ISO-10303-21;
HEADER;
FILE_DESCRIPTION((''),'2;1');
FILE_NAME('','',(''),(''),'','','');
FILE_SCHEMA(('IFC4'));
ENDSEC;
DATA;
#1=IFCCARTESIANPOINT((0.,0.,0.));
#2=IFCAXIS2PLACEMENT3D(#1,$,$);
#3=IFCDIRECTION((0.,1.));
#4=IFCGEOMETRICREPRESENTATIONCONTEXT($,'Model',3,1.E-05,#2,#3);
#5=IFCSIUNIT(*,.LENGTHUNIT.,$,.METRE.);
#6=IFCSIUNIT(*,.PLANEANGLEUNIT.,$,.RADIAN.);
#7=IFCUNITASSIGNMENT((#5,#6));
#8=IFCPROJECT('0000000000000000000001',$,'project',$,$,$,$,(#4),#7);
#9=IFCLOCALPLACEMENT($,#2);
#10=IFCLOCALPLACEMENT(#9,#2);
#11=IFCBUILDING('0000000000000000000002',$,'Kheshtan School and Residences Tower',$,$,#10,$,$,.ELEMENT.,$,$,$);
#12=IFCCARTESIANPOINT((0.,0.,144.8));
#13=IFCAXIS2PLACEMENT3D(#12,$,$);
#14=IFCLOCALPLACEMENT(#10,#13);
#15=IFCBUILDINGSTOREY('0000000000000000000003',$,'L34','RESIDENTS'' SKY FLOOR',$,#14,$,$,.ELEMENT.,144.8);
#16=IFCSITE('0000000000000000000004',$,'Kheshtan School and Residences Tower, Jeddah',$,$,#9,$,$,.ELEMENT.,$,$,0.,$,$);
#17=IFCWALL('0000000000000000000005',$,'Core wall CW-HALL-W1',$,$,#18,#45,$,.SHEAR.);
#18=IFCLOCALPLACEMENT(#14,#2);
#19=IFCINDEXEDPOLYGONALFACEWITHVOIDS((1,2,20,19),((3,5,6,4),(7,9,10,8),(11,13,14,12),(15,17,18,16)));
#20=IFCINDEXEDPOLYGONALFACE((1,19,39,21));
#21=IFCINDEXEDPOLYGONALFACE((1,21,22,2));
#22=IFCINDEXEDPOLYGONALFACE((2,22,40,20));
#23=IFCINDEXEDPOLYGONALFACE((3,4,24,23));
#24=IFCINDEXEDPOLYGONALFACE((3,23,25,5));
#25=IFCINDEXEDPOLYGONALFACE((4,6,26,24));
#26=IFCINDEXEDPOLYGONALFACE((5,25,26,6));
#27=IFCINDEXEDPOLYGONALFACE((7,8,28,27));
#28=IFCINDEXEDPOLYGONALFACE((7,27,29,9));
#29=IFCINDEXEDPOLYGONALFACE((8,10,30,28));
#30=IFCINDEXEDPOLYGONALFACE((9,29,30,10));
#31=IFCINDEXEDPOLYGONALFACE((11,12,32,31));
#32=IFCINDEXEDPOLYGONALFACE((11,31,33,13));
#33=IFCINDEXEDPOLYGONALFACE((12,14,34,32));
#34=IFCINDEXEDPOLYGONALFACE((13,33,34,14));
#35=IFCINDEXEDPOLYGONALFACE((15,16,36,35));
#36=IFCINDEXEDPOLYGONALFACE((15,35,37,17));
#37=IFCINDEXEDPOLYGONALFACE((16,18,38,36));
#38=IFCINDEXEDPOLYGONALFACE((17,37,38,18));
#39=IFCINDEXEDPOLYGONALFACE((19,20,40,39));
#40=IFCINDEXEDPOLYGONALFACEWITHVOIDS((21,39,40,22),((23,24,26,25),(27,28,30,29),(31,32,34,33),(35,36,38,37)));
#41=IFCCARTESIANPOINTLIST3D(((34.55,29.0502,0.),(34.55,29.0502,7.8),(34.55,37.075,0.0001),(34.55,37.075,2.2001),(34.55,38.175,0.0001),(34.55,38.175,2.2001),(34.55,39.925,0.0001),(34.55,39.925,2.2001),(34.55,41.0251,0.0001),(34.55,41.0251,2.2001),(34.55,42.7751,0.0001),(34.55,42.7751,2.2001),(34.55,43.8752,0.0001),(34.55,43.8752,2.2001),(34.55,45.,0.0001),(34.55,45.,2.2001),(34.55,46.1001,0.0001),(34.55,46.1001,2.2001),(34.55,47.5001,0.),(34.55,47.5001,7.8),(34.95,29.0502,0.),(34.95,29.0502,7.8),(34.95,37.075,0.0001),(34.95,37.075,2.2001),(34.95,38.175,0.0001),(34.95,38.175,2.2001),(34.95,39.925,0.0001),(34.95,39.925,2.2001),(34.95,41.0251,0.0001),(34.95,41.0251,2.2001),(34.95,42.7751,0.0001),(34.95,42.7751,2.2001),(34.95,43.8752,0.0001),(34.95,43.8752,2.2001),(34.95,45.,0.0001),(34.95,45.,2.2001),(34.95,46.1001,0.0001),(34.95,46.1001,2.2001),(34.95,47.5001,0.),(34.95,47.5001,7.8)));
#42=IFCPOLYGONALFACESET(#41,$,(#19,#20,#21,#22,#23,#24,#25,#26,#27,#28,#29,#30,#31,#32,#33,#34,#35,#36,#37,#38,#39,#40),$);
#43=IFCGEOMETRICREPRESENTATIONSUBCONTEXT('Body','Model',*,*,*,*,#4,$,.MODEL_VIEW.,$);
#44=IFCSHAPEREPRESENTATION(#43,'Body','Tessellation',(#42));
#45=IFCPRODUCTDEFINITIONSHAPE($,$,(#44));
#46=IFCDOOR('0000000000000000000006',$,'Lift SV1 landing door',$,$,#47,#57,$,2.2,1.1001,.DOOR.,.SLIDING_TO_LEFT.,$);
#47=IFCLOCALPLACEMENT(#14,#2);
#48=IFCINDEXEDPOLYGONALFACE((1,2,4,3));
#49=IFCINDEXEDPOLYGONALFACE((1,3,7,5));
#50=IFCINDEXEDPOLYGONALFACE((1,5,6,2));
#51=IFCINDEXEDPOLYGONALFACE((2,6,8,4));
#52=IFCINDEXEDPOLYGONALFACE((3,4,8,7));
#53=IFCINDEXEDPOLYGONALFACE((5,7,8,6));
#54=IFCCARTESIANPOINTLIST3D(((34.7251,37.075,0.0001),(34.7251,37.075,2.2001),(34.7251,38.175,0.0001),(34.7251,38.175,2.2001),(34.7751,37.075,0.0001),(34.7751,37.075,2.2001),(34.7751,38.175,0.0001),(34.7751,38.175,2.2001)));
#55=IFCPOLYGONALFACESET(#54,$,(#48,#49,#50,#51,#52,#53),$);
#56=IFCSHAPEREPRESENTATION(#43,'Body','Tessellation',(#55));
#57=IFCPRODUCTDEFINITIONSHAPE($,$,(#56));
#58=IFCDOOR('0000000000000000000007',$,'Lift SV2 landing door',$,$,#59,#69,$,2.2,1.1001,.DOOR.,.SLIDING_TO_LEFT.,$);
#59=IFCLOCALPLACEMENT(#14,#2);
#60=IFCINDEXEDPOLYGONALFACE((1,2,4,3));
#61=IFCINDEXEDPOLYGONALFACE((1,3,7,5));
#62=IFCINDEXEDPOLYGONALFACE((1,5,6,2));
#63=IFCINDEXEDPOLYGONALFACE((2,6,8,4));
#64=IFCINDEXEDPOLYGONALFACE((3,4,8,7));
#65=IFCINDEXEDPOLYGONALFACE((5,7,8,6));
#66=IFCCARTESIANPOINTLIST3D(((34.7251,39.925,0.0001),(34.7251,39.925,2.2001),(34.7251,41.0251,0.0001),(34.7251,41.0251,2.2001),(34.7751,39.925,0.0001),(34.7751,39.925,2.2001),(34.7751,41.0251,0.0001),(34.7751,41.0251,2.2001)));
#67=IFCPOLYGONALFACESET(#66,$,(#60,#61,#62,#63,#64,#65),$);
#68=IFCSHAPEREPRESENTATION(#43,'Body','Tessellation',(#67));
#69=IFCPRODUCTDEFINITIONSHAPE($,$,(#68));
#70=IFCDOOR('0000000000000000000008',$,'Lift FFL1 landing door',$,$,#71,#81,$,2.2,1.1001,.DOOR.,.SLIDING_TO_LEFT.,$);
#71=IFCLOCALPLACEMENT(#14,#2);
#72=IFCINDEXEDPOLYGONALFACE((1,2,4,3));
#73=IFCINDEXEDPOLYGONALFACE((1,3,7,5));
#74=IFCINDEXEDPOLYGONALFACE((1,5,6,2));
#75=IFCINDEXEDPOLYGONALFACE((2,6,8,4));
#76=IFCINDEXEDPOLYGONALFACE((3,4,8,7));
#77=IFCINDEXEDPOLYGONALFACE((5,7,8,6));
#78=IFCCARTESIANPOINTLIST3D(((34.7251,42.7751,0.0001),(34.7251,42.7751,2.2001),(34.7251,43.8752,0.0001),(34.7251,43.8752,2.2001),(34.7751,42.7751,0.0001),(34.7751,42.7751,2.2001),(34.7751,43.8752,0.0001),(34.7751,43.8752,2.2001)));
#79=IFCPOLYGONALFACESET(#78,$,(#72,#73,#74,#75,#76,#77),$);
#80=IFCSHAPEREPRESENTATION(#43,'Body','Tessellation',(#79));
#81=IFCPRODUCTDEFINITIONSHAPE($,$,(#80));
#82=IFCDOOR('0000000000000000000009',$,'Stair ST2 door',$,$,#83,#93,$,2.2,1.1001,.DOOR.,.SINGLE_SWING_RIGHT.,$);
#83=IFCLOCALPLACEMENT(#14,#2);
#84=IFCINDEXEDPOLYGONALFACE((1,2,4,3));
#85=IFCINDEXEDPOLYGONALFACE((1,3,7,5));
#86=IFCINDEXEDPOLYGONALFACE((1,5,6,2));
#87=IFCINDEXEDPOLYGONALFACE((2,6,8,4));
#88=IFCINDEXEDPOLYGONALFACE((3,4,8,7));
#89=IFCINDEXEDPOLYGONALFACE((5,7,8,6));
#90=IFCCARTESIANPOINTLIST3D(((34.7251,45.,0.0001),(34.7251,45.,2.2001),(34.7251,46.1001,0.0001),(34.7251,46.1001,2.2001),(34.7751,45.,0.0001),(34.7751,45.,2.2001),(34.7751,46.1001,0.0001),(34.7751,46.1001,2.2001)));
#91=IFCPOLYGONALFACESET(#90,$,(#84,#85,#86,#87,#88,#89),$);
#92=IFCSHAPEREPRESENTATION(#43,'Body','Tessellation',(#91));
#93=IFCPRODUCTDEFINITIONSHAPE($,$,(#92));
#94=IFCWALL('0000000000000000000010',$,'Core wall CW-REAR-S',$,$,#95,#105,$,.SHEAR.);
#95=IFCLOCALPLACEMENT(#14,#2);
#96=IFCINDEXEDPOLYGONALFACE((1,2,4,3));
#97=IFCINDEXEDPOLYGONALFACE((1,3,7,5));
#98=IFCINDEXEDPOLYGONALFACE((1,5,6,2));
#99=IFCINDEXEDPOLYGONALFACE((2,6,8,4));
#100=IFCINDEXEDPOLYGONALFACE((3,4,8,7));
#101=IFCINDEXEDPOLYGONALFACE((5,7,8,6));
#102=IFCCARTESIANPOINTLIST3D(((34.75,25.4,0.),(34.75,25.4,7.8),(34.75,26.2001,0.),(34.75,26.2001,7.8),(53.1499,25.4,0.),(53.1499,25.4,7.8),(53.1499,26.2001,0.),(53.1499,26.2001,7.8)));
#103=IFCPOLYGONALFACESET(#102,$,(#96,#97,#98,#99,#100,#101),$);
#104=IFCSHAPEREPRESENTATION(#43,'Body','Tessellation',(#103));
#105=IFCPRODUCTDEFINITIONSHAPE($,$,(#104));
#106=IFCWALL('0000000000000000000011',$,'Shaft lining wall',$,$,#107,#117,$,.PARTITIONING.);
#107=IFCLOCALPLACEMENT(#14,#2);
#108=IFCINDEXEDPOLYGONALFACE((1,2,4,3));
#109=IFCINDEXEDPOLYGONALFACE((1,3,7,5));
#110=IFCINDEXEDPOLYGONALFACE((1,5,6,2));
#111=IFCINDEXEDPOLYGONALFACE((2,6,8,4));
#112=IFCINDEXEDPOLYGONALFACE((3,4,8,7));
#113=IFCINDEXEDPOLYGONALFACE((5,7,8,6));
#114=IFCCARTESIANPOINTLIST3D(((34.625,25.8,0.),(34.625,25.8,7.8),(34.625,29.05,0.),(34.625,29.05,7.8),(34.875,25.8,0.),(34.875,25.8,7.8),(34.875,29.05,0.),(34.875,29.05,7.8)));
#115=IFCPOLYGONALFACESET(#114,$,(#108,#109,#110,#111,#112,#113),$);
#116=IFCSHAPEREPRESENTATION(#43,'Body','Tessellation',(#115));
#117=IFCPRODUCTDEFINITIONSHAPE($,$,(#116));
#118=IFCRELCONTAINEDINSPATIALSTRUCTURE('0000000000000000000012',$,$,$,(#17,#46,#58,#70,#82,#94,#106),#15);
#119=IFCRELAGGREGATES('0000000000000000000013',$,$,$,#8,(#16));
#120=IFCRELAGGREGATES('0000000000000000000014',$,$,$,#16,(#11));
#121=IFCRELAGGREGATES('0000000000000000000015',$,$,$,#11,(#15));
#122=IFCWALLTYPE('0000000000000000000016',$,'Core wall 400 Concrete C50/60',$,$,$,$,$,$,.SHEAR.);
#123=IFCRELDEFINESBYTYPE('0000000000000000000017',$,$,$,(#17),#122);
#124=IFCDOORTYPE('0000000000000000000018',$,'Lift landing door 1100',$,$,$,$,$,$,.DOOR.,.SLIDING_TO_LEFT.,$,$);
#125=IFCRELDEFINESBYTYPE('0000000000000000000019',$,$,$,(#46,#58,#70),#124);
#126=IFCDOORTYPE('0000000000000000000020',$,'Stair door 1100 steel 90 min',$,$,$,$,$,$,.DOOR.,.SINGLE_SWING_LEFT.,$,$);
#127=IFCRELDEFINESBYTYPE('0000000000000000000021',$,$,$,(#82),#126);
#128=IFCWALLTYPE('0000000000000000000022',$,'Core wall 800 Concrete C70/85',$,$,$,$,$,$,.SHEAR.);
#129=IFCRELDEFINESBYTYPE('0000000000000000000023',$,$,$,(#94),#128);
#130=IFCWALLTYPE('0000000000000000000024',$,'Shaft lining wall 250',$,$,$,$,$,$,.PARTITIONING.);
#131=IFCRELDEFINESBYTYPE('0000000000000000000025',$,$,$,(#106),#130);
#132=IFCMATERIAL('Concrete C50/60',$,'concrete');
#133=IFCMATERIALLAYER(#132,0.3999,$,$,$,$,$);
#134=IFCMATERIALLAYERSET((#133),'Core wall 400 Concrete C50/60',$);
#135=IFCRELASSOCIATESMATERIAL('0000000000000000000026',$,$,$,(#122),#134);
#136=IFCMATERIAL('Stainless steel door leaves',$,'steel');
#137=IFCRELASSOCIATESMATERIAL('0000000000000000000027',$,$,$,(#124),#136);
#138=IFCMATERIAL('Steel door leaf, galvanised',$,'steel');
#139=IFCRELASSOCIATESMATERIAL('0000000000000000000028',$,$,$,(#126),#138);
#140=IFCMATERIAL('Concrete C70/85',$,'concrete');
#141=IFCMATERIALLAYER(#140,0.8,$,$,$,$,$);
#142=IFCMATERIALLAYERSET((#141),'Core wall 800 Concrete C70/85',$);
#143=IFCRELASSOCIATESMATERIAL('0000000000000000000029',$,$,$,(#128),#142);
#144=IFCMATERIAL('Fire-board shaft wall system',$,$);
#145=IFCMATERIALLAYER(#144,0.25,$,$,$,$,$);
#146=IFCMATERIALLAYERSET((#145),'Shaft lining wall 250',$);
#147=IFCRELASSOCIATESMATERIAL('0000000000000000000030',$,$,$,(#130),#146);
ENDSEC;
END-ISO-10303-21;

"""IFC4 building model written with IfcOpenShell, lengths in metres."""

from ifc_helpers import new_model, si_unit, direction, frame, frame_2d, origin, place, context, subcontext, project, spatial, rectangle, extrude, source, transform, mapped, material, layer, layer_set, type_object, element, fill, save


model = new_model("IFC4")

# Units and contexts
model_context = context("Model", 3, precision=1e-05, world=origin(), true_north=direction((0.0, 1.0)))
body_context = subcontext(model_context, "Body", "Model", "MODEL_VIEW")
ifc_project = project(units=[si_unit("LENGTHUNIT", "METRE"), si_unit("PLANEANGLEUNIT", "RADIAN")], contexts=[model_context])

# Site, building, storey
site_placement = place(None, origin())
site = spatial("IfcSite", under=ifc_project, at=site_placement, Name="Kheshtan School and Residences Tower, Jeddah", CompositionType="ELEMENT", RefElevation=0.0)
building_placement = place(site_placement, origin())
building = spatial("IfcBuilding", under=site, at=building_placement, Name="Kheshtan School and Residences Tower", CompositionType="ELEMENT")
storey_placement = place(building_placement, frame((0.0, 0.0, 144.8)))
storey = spatial("IfcBuildingStorey", under=building, at=storey_placement, Name="L34", Description="RESIDENTS' SKY FLOOR", CompositionType="ELEMENT", Elevation=144.8)

# Wall, openings, doors
ifc_material_1 = material(Name="Concrete C50/60", Category="concrete")
ifc_layer_1 = layer(ifc_material_1, 0.3999)
ifc_layer_set_1 = layer_set([ifc_layer_1], Name="Core wall 400 Concrete C50/60")
wall_type_1 = type_object("IfcWallType", Name="Core wall 400 Concrete C50/60", PredefinedType="SHEAR", material=ifc_layer_set_1)
ifc_material_2 = material(Name="Stainless steel door leaves", Category="steel")
door_type_1 = type_object("IfcDoorType", Name="Lift landing door 1100", OperationType="SLIDING_TO_LEFT", PredefinedType="DOOR", material=ifc_material_2)
shared_shape_1 = source(origin(), body_context, "Body", "SweptSolid", [
    extrude(rectangle(XDim=1.1001, YDim=2.2, at=frame_2d((0.55, 1.1001))), frame((0.0, 0.0249, 0.0), z_axis=(0.0, -1.0, 0.0), x_axis=(1.0, 0.0, 0.0)), (0.0, 0.0, 1.0), 0.05),
])
wall_1_placement = place(storey_placement, frame((34.75, 29.05, 0.0), z_axis=(0.0, 0.0, 1.0), x_axis=(0.0, 1.0, 0.0)))
wall_1 = element("IfcWall", 1, at=wall_1_placement, inside=storey, type_object=wall_type_1, Name="Core wall CW-HALL-W1", PredefinedType="SHEAR", context=body_context, shape_type="SweptSolid", body=[
    extrude(rectangle(XDim=18.45, YDim=0.3999, at=frame_2d((9.2251, 0.0))), origin(), (0.0, 0.0, 1.0), 7.8),
])
opening_1_placement = place(wall_1_placement, frame((8.0249, 0.0, 0.0)))
opening_1 = element("IfcOpeningElement", 2, at=opening_1_placement, cuts=wall_1, PredefinedType="OPENING", context=body_context, shape_type="SweptSolid", body=[
    extrude(rectangle(XDim=1.1001, YDim=2.2, at=frame_2d((0.55, 1.1001))), frame((0.0, 0.21, 0.0), z_axis=(0.0, -1.0, 0.0), x_axis=(1.0, 0.0, 0.0)), (0.0, 0.0, 1.0), 0.4199),
])
opening_2_placement = place(wall_1_placement, frame((10.875, 0.0, 0.0)))
opening_2 = element("IfcOpeningElement", 3, at=opening_2_placement, cuts=wall_1, PredefinedType="OPENING", context=body_context, shape_type="SweptSolid", body=[
    extrude(rectangle(XDim=1.1001, YDim=2.2, at=frame_2d((0.55, 1.1001))), frame((0.0, 0.21, 0.0), z_axis=(0.0, -1.0, 0.0), x_axis=(1.0, 0.0, 0.0)), (0.0, 0.0, 1.0), 0.4199),
])
opening_3_placement = place(wall_1_placement, frame((13.7251, 0.0, 0.0)))
opening_3 = element("IfcOpeningElement", 4, at=opening_3_placement, cuts=wall_1, PredefinedType="OPENING", context=body_context, shape_type="SweptSolid", body=[
    extrude(rectangle(XDim=1.1001, YDim=2.2, at=frame_2d((0.55, 1.1001))), frame((0.0, 0.21, 0.0), z_axis=(0.0, -1.0, 0.0), x_axis=(1.0, 0.0, 0.0)), (0.0, 0.0, 1.0), 0.4199),
])
opening_4_placement = place(wall_1_placement, frame((15.95, 0.0, 0.0)))
opening_4 = element("IfcOpeningElement", 5, at=opening_4_placement, cuts=wall_1, PredefinedType="OPENING", context=body_context, shape_type="SweptSolid", body=[
    extrude(rectangle(XDim=1.1001, YDim=2.2, at=frame_2d((0.55, 1.1001))), frame((0.0, 0.21, 0.0), z_axis=(0.0, -1.0, 0.0), x_axis=(1.0, 0.0, 0.0)), (0.0, 0.0, 1.0), 0.4199),
])
door_1_placement = place(opening_1_placement, origin())
door_1 = element("IfcDoor", 6, at=door_1_placement, inside=storey, type_object=door_type_1, Name="Lift SV1 landing door", OperationType="SLIDING_TO_LEFT", OverallHeight=2.2, OverallWidth=1.1001, PredefinedType="DOOR", context=body_context, shape_type="MappedRepresentation", body=[
    mapped(shared_shape_1, transform((0.0, 0.0, 0.0), x_axis=(1.0, 0.0, 0.0), y_axis=(0.0, 1.0, 0.0), z_axis=(0.0, 0.0, 1.0), scale=1.0)),
])
fill(opening_1, door_1)
door_2_placement = place(opening_2_placement, origin())
door_2 = element("IfcDoor", 7, at=door_2_placement, inside=storey, type_object=door_type_1, Name="Lift SV2 landing door", OperationType="SLIDING_TO_LEFT", OverallHeight=2.2, OverallWidth=1.1001, PredefinedType="DOOR", context=body_context, shape_type="MappedRepresentation", body=[
    mapped(shared_shape_1, transform((0.0, 0.0, 0.0), x_axis=(1.0, 0.0, 0.0), y_axis=(0.0, 1.0, 0.0), z_axis=(0.0, 0.0, 1.0), scale=1.0)),
])
fill(opening_2, door_2)
door_3_placement = place(opening_3_placement, origin())
door_3 = element("IfcDoor", 8, at=door_3_placement, inside=storey, type_object=door_type_1, Name="Lift FFL1 landing door", OperationType="SLIDING_TO_LEFT", OverallHeight=2.2, OverallWidth=1.1001, PredefinedType="DOOR", context=body_context, shape_type="MappedRepresentation", body=[
    mapped(shared_shape_1, transform((0.0, 0.0, 0.0), x_axis=(1.0, 0.0, 0.0), y_axis=(0.0, 1.0, 0.0), z_axis=(0.0, 0.0, 1.0), scale=1.0)),
])
fill(opening_3, door_3)
ifc_material_3 = material(Name="Steel door leaf, galvanised", Category="steel")
door_type_2 = type_object("IfcDoorType", Name="Stair door 1100 steel 90 min", OperationType="SINGLE_SWING_LEFT", PredefinedType="DOOR", material=ifc_material_3)
shared_shape_2 = source(origin(), body_context, "Body", "SweptSolid", [
    extrude(rectangle(XDim=1.1001, YDim=2.2, at=frame_2d((0.55, 1.1001))), frame((0.0, 0.0249, 0.0), z_axis=(0.0, -1.0, 0.0), x_axis=(1.0, 0.0, 0.0)), (0.0, 0.0, 1.0), 0.05),
])
door_4_placement = place(opening_4_placement, origin())
door_4 = element("IfcDoor", 9, at=door_4_placement, inside=storey, type_object=door_type_2, Name="Stair ST2 door", OperationType="SINGLE_SWING_RIGHT", OverallHeight=2.2, OverallWidth=1.1001, PredefinedType="DOOR", context=body_context, shape_type="MappedRepresentation", body=[
    mapped(shared_shape_2, transform((0.0, 0.0, 0.0), x_axis=(1.0, 0.0, 0.0), y_axis=(0.0, 1.0, 0.0), z_axis=(0.0, 0.0, 1.0), scale=1.0)),
])
fill(opening_4, door_4)

# Walls
ifc_material_4 = material(Name="Concrete C70/85", Category="concrete")
ifc_layer_2 = layer(ifc_material_4, 0.8)
ifc_layer_set_2 = layer_set([ifc_layer_2], Name="Core wall 800 Concrete C70/85")
wall_type_2 = type_object("IfcWallType", Name="Core wall 800 Concrete C70/85", PredefinedType="SHEAR", material=ifc_layer_set_2)
wall_2_placement = place(storey_placement, frame((34.75, 25.8, 0.0), z_axis=(0.0, 0.0, 1.0), x_axis=(1.0, 0.0, 0.0)))
element("IfcWall", 10, at=wall_2_placement, inside=storey, type_object=wall_type_2, Name="Core wall CW-REAR-S", PredefinedType="SHEAR", context=body_context, shape_type="SweptSolid", body=[
    extrude(rectangle(XDim=18.3999, YDim=0.8, at=frame_2d((9.2, 0.0))), origin(), (0.0, 0.0, 1.0), 7.8),
])
ifc_material_5 = material(Name="Fire-board shaft wall system")
ifc_layer_3 = layer(ifc_material_5, 0.25)
ifc_layer_set_3 = layer_set([ifc_layer_3], Name="Shaft lining wall 250")
wall_type_3 = type_object("IfcWallType", Name="Shaft lining wall 250", PredefinedType="PARTITIONING", material=ifc_layer_set_3)
wall_3_placement = place(storey_placement, frame((34.75, 25.8, 0.0), z_axis=(0.0, 0.0, 1.0), x_axis=(0.0, 1.0, 0.0)))
element("IfcWall", 11, at=wall_3_placement, inside=storey, type_object=wall_type_3, Name="Shaft lining wall", PredefinedType="PARTITIONING", context=body_context, shape_type="SweptSolid", body=[
    extrude(rectangle(XDim=3.25, YDim=0.25, at=frame_2d((1.625, 0.0))), origin(), (0.0, 0.0, 1.0), 7.8),
])

save(model, "model.ifc")
